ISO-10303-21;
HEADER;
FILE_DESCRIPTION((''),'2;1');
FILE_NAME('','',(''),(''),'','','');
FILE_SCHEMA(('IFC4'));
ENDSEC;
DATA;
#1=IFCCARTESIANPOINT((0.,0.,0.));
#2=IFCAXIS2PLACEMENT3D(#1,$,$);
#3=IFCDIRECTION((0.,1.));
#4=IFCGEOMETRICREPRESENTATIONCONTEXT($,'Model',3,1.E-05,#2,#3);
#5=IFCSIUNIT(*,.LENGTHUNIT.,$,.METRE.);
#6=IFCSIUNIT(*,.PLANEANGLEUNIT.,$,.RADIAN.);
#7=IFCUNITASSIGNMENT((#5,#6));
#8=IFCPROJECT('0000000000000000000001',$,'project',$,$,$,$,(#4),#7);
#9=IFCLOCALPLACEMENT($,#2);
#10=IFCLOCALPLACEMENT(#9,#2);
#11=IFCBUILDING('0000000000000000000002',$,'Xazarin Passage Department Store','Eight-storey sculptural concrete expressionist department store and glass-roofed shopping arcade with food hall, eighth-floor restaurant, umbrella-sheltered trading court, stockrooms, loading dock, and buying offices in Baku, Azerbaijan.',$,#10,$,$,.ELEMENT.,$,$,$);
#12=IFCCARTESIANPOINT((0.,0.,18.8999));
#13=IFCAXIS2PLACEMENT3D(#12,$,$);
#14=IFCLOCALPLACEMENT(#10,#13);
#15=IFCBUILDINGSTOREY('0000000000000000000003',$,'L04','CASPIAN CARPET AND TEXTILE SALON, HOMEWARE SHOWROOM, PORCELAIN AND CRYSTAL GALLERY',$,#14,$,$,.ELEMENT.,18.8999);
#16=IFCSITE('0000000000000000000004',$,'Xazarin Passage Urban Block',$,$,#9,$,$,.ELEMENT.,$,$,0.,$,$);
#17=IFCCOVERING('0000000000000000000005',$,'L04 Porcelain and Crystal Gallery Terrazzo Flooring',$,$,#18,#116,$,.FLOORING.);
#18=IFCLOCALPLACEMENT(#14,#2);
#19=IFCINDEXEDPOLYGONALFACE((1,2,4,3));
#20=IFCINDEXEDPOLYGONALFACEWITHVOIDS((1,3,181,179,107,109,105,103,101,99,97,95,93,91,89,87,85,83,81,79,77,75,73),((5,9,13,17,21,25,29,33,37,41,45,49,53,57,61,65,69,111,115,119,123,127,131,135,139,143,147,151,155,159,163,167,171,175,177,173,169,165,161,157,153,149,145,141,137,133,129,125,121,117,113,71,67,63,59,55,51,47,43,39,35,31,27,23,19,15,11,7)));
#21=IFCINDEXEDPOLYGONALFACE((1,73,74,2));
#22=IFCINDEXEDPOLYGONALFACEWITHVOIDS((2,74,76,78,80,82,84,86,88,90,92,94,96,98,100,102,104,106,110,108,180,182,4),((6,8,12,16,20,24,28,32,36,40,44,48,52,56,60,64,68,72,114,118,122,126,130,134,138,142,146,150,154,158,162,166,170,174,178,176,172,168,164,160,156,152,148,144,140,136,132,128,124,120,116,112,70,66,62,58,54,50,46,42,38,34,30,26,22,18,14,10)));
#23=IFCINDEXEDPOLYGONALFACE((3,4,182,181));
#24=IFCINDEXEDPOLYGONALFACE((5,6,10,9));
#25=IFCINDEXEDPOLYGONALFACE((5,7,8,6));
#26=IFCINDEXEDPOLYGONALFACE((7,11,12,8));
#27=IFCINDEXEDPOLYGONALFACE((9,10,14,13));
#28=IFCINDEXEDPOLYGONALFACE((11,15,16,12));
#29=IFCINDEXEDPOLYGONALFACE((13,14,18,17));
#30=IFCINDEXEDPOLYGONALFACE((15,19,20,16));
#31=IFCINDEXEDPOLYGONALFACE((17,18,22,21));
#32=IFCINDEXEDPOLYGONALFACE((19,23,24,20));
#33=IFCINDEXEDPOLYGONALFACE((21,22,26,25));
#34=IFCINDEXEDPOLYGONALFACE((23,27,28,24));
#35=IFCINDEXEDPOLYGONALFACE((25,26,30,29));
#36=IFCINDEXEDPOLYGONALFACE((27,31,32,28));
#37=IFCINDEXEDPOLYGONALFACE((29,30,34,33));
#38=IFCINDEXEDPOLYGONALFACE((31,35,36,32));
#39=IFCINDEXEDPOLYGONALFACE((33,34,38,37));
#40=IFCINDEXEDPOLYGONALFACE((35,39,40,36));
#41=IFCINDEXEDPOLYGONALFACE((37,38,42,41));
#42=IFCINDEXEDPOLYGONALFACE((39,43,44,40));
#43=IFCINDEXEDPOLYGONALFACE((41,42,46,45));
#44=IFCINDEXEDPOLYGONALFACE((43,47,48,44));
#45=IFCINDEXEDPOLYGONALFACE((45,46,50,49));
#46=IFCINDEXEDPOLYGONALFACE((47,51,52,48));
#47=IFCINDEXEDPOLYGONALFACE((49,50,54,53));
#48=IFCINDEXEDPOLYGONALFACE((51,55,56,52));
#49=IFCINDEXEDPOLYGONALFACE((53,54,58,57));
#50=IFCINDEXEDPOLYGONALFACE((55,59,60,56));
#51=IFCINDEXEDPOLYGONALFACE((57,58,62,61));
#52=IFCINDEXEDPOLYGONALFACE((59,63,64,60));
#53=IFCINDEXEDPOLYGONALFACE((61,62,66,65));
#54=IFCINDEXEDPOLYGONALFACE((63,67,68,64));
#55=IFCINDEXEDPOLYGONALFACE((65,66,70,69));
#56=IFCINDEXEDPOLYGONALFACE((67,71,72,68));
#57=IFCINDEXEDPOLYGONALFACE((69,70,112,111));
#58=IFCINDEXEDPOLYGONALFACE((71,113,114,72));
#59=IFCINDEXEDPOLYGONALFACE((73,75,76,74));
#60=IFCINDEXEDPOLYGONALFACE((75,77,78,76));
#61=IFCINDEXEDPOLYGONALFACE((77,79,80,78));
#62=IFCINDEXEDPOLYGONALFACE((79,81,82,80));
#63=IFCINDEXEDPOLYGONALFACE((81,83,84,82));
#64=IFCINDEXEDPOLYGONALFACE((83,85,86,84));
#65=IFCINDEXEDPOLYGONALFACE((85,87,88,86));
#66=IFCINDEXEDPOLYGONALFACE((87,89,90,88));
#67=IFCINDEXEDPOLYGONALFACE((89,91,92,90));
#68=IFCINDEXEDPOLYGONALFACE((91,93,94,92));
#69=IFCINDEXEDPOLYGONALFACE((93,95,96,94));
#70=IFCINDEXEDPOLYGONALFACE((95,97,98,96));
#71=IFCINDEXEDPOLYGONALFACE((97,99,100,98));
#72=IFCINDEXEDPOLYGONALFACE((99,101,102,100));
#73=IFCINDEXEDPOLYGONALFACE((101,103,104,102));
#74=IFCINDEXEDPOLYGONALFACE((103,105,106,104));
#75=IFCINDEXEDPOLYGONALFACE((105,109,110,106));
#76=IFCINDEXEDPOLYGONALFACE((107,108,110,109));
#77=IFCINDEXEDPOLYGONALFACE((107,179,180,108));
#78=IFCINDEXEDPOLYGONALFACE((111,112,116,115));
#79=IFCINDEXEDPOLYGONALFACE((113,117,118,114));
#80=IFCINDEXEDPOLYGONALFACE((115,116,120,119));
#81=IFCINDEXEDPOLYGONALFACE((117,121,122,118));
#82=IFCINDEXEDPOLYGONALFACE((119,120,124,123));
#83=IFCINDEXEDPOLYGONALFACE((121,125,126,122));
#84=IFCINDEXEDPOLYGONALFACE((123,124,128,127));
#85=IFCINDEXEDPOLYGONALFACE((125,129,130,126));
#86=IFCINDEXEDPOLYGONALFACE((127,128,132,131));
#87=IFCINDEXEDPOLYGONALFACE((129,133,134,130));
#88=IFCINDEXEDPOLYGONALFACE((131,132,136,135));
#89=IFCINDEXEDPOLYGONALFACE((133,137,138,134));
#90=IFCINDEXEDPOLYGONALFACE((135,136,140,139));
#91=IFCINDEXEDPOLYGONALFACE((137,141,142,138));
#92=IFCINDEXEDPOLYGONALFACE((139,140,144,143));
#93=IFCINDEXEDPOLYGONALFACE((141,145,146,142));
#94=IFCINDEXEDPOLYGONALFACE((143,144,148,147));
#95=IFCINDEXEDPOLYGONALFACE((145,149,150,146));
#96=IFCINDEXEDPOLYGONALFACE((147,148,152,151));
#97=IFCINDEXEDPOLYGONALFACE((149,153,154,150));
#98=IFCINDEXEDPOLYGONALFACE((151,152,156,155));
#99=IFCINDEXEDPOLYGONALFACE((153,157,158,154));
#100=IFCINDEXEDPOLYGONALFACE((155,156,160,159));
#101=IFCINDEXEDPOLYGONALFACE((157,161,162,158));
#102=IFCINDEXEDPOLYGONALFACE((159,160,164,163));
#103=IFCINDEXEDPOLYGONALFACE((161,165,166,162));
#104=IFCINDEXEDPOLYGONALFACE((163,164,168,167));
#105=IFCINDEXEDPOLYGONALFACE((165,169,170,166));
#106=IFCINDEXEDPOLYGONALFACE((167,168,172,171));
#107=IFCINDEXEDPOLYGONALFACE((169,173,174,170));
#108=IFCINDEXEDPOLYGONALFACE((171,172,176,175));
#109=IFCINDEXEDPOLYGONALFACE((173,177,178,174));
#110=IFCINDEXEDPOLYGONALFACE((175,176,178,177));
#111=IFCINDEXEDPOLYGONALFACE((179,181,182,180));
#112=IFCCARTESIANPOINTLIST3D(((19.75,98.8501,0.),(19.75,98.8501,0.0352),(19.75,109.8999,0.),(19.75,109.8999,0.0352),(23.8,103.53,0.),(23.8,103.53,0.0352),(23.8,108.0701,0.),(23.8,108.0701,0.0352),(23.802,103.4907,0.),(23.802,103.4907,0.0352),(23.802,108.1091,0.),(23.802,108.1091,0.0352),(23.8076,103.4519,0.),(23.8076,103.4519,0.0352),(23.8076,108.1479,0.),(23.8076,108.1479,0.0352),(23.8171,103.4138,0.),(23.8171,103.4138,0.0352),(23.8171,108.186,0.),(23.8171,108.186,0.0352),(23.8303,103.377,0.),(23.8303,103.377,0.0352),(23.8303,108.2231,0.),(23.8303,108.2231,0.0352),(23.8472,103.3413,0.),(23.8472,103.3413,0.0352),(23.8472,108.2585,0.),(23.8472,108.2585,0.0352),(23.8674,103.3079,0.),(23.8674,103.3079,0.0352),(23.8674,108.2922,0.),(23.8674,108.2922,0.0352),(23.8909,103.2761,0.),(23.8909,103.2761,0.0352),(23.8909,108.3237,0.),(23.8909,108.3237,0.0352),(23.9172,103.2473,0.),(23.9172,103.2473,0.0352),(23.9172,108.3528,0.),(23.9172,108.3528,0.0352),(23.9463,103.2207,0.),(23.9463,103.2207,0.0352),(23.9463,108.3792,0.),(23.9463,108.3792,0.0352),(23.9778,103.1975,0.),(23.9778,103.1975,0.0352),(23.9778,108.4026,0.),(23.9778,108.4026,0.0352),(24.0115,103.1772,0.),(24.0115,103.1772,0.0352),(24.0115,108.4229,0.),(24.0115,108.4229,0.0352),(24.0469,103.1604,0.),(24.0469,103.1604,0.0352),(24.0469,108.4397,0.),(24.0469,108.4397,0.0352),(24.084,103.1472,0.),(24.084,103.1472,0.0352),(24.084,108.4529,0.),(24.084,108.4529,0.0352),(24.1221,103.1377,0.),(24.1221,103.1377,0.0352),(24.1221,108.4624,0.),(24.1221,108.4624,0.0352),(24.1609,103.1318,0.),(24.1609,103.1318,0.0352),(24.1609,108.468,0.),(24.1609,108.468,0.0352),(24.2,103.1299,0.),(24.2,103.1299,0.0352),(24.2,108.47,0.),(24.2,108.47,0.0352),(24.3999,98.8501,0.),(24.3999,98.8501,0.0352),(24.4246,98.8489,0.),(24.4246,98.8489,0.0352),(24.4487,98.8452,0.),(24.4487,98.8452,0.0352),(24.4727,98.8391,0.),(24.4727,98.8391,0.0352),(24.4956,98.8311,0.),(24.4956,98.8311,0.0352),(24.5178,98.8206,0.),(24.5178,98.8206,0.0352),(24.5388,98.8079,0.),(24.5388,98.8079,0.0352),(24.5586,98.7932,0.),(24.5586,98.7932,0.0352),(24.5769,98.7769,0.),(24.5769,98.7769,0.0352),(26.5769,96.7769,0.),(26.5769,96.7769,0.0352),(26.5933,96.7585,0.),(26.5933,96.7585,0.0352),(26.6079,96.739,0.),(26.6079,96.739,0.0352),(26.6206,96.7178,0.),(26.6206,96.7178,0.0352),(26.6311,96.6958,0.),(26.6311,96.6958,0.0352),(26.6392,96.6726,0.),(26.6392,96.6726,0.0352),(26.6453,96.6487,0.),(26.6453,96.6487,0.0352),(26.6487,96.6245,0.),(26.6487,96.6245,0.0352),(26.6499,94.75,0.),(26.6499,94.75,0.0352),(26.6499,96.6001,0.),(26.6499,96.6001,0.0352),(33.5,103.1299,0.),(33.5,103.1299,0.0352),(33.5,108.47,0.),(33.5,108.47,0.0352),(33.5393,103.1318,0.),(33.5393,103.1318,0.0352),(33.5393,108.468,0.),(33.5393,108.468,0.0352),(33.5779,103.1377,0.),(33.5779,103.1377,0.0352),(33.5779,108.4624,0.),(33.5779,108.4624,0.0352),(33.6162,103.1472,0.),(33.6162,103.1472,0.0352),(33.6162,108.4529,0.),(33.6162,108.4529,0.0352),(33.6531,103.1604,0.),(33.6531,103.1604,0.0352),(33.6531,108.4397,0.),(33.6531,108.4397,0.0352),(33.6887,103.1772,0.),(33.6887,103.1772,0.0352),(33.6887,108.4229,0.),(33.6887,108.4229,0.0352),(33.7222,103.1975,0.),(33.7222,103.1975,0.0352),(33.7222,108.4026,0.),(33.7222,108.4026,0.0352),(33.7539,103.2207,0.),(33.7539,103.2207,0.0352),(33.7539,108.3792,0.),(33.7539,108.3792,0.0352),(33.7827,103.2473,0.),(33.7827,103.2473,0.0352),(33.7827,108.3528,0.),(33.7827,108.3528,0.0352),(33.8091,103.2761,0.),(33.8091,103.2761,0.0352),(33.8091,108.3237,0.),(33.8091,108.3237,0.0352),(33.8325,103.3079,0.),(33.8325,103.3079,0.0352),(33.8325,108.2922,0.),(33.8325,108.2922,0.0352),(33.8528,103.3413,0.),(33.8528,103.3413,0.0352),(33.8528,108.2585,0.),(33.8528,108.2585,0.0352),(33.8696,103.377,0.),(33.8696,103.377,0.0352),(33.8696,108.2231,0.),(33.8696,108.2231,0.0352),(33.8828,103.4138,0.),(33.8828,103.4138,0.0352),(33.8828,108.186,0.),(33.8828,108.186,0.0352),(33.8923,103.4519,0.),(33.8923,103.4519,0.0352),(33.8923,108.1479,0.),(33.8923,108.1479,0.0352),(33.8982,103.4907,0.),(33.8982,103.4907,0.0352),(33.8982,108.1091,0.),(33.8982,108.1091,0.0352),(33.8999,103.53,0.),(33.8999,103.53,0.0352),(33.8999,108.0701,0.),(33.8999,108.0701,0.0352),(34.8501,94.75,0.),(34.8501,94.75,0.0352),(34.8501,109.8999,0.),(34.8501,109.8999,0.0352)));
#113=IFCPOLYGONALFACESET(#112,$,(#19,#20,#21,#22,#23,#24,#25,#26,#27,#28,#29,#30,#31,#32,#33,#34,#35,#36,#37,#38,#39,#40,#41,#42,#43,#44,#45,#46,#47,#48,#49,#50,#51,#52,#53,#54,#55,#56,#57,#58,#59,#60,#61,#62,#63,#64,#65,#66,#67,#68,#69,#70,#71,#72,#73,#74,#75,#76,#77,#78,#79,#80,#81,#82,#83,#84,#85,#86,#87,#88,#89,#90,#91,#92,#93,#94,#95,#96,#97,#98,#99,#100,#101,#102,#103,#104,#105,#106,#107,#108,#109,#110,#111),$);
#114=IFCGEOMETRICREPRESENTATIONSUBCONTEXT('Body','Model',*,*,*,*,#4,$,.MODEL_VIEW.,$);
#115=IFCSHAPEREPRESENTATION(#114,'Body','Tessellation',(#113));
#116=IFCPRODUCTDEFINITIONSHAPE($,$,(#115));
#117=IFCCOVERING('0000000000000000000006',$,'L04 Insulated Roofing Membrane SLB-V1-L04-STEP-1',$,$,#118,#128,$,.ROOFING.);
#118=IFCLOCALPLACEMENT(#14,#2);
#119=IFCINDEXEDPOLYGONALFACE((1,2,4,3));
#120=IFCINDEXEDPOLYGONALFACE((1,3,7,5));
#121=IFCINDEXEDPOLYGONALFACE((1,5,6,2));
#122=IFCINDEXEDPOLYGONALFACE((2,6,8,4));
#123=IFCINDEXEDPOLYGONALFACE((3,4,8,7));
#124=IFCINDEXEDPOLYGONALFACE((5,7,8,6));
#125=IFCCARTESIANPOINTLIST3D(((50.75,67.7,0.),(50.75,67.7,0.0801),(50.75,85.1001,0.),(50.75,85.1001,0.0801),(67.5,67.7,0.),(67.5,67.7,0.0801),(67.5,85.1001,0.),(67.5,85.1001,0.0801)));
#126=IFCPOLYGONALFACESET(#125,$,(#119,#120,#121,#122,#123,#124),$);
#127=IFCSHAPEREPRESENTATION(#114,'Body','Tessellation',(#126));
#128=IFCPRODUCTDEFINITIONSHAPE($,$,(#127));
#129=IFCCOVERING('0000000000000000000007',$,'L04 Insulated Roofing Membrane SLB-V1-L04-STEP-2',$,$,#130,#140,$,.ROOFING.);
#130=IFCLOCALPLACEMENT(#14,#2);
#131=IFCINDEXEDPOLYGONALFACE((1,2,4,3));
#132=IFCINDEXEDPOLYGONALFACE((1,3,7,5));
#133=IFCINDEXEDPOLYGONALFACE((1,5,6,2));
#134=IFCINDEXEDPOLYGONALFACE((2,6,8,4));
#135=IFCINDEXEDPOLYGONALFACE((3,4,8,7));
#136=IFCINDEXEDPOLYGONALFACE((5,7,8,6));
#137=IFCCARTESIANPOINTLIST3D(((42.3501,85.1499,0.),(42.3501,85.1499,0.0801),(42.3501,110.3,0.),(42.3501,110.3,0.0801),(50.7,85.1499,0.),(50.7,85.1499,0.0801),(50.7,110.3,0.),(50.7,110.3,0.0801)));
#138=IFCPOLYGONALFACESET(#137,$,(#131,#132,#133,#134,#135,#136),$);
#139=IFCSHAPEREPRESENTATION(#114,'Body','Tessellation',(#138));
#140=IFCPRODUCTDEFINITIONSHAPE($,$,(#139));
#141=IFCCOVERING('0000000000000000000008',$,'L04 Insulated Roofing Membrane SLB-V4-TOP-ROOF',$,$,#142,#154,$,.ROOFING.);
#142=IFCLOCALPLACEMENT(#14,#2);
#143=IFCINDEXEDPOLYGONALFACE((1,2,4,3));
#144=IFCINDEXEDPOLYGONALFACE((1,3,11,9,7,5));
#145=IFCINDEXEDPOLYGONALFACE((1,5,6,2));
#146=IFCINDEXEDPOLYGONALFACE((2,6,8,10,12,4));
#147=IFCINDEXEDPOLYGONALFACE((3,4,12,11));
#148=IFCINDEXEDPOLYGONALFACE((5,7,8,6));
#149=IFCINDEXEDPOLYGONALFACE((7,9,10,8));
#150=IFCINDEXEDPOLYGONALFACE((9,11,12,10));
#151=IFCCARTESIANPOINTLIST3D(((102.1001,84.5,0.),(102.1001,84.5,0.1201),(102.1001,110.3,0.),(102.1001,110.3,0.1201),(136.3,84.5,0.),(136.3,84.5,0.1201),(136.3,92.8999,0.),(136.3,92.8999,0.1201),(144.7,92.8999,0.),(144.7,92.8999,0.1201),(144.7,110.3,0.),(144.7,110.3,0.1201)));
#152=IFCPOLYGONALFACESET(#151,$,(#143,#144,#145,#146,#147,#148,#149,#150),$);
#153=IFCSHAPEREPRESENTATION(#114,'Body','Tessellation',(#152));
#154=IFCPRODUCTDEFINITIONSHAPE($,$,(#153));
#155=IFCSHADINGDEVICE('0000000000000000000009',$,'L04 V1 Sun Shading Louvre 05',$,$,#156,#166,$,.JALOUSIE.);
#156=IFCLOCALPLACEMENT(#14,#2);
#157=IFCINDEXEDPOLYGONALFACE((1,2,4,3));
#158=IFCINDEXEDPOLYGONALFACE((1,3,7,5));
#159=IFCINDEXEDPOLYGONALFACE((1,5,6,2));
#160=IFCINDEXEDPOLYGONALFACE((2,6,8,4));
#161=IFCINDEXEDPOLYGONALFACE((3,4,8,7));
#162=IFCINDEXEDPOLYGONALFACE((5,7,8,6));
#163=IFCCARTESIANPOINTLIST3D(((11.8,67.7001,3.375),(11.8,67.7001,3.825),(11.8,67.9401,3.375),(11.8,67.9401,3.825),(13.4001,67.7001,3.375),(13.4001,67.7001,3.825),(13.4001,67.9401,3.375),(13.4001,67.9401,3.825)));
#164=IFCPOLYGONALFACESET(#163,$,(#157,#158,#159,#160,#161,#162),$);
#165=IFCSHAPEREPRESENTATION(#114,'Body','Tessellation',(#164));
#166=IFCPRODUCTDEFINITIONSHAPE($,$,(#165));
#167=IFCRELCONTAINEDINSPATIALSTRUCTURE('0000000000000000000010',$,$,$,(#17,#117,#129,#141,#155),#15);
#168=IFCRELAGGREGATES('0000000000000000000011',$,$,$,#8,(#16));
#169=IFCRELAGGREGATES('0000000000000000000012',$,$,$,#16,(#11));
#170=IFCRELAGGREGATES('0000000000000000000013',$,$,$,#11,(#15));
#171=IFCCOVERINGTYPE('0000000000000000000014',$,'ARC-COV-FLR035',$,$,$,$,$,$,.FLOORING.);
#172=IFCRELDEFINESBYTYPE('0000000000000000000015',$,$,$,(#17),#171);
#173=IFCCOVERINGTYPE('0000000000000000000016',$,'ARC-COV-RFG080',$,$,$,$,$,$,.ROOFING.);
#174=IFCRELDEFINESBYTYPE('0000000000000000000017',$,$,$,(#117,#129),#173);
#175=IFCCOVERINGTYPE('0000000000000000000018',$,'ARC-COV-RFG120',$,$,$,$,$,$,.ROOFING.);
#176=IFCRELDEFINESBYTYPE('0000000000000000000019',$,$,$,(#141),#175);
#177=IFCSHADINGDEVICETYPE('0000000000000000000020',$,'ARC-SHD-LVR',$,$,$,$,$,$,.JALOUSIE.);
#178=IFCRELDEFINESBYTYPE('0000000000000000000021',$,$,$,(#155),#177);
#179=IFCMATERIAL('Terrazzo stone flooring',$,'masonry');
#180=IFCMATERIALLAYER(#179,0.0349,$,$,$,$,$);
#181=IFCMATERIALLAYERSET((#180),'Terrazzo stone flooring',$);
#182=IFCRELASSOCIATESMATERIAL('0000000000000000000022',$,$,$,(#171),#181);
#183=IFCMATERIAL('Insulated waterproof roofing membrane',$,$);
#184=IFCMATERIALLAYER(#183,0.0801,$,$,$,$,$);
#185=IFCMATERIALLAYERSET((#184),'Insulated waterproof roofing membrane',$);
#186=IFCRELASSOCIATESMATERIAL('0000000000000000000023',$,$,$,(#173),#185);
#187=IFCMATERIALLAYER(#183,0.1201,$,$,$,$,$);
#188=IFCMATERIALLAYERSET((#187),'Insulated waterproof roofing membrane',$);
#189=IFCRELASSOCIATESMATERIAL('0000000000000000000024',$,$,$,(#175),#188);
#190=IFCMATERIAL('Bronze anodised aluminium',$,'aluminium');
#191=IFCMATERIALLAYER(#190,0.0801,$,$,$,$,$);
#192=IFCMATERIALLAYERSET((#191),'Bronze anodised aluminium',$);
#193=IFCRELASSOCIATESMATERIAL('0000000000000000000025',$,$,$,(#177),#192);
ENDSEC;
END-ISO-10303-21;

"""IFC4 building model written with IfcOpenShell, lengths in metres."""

from ifc_helpers import new_model, si_unit, direction, frame, origin, origin_2d, place, context, subcontext, project, spatial, polyline, rectangle, outline, extrude, material, layer, layer_set, type_object, element, save


model = new_model("IFC4")

# Units and contexts
model_context = context("Model", 3, precision=1e-05, world=origin(), true_north=direction((0.0, 1.0)))
body_context = subcontext(model_context, "Body", "Model", "MODEL_VIEW")
ifc_project = project(units=[si_unit("LENGTHUNIT", "METRE"), si_unit("PLANEANGLEUNIT", "RADIAN")], contexts=[model_context])

# Site, building, storey
site_placement = place(None, origin())
site = spatial("IfcSite", under=ifc_project, at=site_placement, Name="Xazarin Passage Urban Block", CompositionType="ELEMENT", RefElevation=0.0)
building_placement = place(site_placement, origin())
building = spatial("IfcBuilding", under=site, at=building_placement, Name="Xazarin Passage Department Store", Description="Eight-storey sculptural concrete expressionist department store and glass-roofed shopping arcade with food hall, eighth-floor restaurant, umbrella-sheltered trading court, stockrooms, loading dock, and buying offices in Baku, Azerbaijan.", CompositionType="ELEMENT")
storey_placement = place(building_placement, frame((0.0, 0.0, 18.8999)))
storey = spatial("IfcBuildingStorey", under=building, at=storey_placement, Name="L04", Description="CASPIAN CARPET AND TEXTILE SALON, HOMEWARE SHOWROOM, PORCELAIN AND CRYSTAL GALLERY", CompositionType="ELEMENT", Elevation=18.8999)

# Coverings
ifc_material_1 = material(Name="Terrazzo stone flooring", Category="masonry")
ifc_layer_1 = layer(ifc_material_1, 0.0349)
ifc_layer_set_1 = layer_set([ifc_layer_1], Name="Terrazzo stone flooring")
covering_type_1 = type_object("IfcCoveringType", Name="ARC-COV-FLR035", PredefinedType="FLOORING", material=ifc_layer_set_1)
covering_1_placement = place(storey_placement, origin())
element("IfcCovering", 1, at=covering_1_placement, inside=storey, type_object=covering_type_1, Name="L04 Porcelain and Crystal Gallery Terrazzo Flooring", PredefinedType="FLOORING", context=body_context, shape_type="SweptSolid", body=[
    extrude(outline(polyline([(26.6499, 96.6001), (26.6499, 94.75), (34.8501, 94.75), (34.8501, 109.8999), (19.75, 109.8999), (19.75, 98.8501), (24.3999, 98.8501), (24.4246, 98.8489), (24.4487, 98.8452), (24.4727, 98.8391), (24.4956, 98.8311), (24.5178, 98.8206), (24.5388, 98.8079), (24.5586, 98.7932), (24.5769, 98.7769), (26.5769, 96.7769), (26.5933, 96.7585), (26.6079, 96.739), (26.6206, 96.7178), (26.6311, 96.6958), (26.6392, 96.6726), (26.6453, 96.6487), (26.6487, 96.6245), (26.6499, 96.6001)]), holes=[polyline([(33.8999, 103.53), (33.8982, 103.4907), (33.8923, 103.4519), (33.8828, 103.4138), (33.8696, 103.377), (33.8528, 103.3413), (33.8325, 103.3079), (33.8091, 103.2761), (33.7827, 103.2473), (33.7539, 103.2207), (33.7222, 103.1975), (33.6887, 103.1772), (33.6531, 103.1604), (33.6162, 103.1472), (33.5779, 103.1377), (33.5393, 103.1318), (33.5, 103.1299), (24.2, 103.1299), (24.1609, 103.1318), (24.1221, 103.1377), (24.084, 103.1472), (24.0469, 103.1604), (24.0115, 103.1772), (23.9778, 103.1975), (23.9463, 103.2207), (23.9172, 103.2473), (23.8909, 103.2761), (23.8674, 103.3079), (23.8472, 103.3413), (23.8303, 103.377), (23.8171, 103.4138), (23.8076, 103.4519), (23.802, 103.4907), (23.8, 103.53), (23.8, 108.0701), (23.802, 108.1091), (23.8076, 108.1479), (23.8171, 108.186), (23.8303, 108.2231), (23.8472, 108.2585), (23.8674, 108.2922), (23.8909, 108.3237), (23.9172, 108.3528), (23.9463, 108.3792), (23.9778, 108.4026), (24.0115, 108.4229), (24.0469, 108.4397), (24.084, 108.4529), (24.1221, 108.4624), (24.1609, 108.468), (24.2, 108.47), (33.5, 108.47), (33.5393, 108.468), (33.5779, 108.4624), (33.6162, 108.4529), (33.6531, 108.4397), (33.6887, 108.4229), (33.7222, 108.4026), (33.7539, 108.3792), (33.7827, 108.3528), (33.8091, 108.3237), (33.8325, 108.2922), (33.8528, 108.2585), (33.8696, 108.2231), (33.8828, 108.186), (33.8923, 108.1479), (33.8982, 108.1091), (33.8999, 108.0701), (33.8999, 103.53)])]), origin(), (0.0, 0.0, 1.0), 0.0352),
])
ifc_material_2 = material(Name="Insulated waterproof roofing membrane")
ifc_layer_2 = layer(ifc_material_2, 0.0801)
ifc_layer_set_2 = layer_set([ifc_layer_2], Name="Insulated waterproof roofing membrane")
covering_type_2 = type_object("IfcCoveringType", Name="ARC-COV-RFG080", PredefinedType="ROOFING", material=ifc_layer_set_2)
covering_2_placement = place(storey_placement, origin())
element("IfcCovering", 2, at=covering_2_placement, inside=storey, type_object=covering_type_2, Name="L04 Insulated Roofing Membrane SLB-V1-L04-STEP-1", PredefinedType="ROOFING", context=body_context, shape_type="SweptSolid", body=[
    extrude(outline(polyline([(67.5, 85.1001), (50.75, 85.1001), (50.75, 67.7), (67.5, 67.7), (67.5, 85.1001)])), origin(), (0.0, 0.0, 1.0), 0.0801),
])
covering_3_placement = place(storey_placement, origin())
element("IfcCovering", 3, at=covering_3_placement, inside=storey, type_object=covering_type_2, Name="L04 Insulated Roofing Membrane SLB-V1-L04-STEP-2", PredefinedType="ROOFING", context=body_context, shape_type="SweptSolid", body=[
    extrude(outline(polyline([(42.3501, 85.1499), (50.7, 85.1499), (50.7, 110.3), (42.3501, 110.3), (42.3501, 85.1499)])), origin(), (0.0, 0.0, 1.0), 0.0801),
])
ifc_layer_3 = layer(ifc_material_2, 0.1201)
ifc_layer_set_3 = layer_set([ifc_layer_3], Name="Insulated waterproof roofing membrane")
covering_type_3 = type_object("IfcCoveringType", Name="ARC-COV-RFG120", PredefinedType="ROOFING", material=ifc_layer_set_3)
covering_4_placement = place(storey_placement, origin())
element("IfcCovering", 4, at=covering_4_placement, inside=storey, type_object=covering_type_3, Name="L04 Insulated Roofing Membrane SLB-V4-TOP-ROOF", PredefinedType="ROOFING", context=body_context, shape_type="SweptSolid", body=[
    extrude(outline(polyline([(136.3, 84.5), (136.3, 92.8999), (144.7, 92.8999), (144.7, 110.3), (102.1001, 110.3), (102.1001, 84.5), (136.3, 84.5)])), origin(), (0.0, 0.0, 1.0), 0.1201),
])

# Shading device
ifc_material_3 = material(Name="Bronze anodised aluminium", Category="aluminium")
ifc_layer_4 = layer(ifc_material_3, 0.0801)
ifc_layer_set_4 = layer_set([ifc_layer_4], Name="Bronze anodised aluminium")
shading_device_type = type_object("IfcShadingDeviceType", Name="ARC-SHD-LVR", PredefinedType="JALOUSIE", material=ifc_layer_set_4)
shading_device_placement = place(storey_placement, frame((12.6001, 67.8201, 3.375), z_axis=(0.0, 0.0, 1.0), x_axis=(1.0, 0.0, 0.0)))
element("IfcShadingDevice", 5, at=shading_device_placement, inside=storey, type_object=shading_device_type, Name="L04 V1 Sun Shading Louvre 05", PredefinedType="JALOUSIE", context=body_context, shape_type="SweptSolid", body=[
    extrude(rectangle(XDim=1.6001, YDim=0.24, at=origin_2d()), origin(), (0.0, 0.0, 1.0), 0.45),
])

save(model, "model.ifc")
